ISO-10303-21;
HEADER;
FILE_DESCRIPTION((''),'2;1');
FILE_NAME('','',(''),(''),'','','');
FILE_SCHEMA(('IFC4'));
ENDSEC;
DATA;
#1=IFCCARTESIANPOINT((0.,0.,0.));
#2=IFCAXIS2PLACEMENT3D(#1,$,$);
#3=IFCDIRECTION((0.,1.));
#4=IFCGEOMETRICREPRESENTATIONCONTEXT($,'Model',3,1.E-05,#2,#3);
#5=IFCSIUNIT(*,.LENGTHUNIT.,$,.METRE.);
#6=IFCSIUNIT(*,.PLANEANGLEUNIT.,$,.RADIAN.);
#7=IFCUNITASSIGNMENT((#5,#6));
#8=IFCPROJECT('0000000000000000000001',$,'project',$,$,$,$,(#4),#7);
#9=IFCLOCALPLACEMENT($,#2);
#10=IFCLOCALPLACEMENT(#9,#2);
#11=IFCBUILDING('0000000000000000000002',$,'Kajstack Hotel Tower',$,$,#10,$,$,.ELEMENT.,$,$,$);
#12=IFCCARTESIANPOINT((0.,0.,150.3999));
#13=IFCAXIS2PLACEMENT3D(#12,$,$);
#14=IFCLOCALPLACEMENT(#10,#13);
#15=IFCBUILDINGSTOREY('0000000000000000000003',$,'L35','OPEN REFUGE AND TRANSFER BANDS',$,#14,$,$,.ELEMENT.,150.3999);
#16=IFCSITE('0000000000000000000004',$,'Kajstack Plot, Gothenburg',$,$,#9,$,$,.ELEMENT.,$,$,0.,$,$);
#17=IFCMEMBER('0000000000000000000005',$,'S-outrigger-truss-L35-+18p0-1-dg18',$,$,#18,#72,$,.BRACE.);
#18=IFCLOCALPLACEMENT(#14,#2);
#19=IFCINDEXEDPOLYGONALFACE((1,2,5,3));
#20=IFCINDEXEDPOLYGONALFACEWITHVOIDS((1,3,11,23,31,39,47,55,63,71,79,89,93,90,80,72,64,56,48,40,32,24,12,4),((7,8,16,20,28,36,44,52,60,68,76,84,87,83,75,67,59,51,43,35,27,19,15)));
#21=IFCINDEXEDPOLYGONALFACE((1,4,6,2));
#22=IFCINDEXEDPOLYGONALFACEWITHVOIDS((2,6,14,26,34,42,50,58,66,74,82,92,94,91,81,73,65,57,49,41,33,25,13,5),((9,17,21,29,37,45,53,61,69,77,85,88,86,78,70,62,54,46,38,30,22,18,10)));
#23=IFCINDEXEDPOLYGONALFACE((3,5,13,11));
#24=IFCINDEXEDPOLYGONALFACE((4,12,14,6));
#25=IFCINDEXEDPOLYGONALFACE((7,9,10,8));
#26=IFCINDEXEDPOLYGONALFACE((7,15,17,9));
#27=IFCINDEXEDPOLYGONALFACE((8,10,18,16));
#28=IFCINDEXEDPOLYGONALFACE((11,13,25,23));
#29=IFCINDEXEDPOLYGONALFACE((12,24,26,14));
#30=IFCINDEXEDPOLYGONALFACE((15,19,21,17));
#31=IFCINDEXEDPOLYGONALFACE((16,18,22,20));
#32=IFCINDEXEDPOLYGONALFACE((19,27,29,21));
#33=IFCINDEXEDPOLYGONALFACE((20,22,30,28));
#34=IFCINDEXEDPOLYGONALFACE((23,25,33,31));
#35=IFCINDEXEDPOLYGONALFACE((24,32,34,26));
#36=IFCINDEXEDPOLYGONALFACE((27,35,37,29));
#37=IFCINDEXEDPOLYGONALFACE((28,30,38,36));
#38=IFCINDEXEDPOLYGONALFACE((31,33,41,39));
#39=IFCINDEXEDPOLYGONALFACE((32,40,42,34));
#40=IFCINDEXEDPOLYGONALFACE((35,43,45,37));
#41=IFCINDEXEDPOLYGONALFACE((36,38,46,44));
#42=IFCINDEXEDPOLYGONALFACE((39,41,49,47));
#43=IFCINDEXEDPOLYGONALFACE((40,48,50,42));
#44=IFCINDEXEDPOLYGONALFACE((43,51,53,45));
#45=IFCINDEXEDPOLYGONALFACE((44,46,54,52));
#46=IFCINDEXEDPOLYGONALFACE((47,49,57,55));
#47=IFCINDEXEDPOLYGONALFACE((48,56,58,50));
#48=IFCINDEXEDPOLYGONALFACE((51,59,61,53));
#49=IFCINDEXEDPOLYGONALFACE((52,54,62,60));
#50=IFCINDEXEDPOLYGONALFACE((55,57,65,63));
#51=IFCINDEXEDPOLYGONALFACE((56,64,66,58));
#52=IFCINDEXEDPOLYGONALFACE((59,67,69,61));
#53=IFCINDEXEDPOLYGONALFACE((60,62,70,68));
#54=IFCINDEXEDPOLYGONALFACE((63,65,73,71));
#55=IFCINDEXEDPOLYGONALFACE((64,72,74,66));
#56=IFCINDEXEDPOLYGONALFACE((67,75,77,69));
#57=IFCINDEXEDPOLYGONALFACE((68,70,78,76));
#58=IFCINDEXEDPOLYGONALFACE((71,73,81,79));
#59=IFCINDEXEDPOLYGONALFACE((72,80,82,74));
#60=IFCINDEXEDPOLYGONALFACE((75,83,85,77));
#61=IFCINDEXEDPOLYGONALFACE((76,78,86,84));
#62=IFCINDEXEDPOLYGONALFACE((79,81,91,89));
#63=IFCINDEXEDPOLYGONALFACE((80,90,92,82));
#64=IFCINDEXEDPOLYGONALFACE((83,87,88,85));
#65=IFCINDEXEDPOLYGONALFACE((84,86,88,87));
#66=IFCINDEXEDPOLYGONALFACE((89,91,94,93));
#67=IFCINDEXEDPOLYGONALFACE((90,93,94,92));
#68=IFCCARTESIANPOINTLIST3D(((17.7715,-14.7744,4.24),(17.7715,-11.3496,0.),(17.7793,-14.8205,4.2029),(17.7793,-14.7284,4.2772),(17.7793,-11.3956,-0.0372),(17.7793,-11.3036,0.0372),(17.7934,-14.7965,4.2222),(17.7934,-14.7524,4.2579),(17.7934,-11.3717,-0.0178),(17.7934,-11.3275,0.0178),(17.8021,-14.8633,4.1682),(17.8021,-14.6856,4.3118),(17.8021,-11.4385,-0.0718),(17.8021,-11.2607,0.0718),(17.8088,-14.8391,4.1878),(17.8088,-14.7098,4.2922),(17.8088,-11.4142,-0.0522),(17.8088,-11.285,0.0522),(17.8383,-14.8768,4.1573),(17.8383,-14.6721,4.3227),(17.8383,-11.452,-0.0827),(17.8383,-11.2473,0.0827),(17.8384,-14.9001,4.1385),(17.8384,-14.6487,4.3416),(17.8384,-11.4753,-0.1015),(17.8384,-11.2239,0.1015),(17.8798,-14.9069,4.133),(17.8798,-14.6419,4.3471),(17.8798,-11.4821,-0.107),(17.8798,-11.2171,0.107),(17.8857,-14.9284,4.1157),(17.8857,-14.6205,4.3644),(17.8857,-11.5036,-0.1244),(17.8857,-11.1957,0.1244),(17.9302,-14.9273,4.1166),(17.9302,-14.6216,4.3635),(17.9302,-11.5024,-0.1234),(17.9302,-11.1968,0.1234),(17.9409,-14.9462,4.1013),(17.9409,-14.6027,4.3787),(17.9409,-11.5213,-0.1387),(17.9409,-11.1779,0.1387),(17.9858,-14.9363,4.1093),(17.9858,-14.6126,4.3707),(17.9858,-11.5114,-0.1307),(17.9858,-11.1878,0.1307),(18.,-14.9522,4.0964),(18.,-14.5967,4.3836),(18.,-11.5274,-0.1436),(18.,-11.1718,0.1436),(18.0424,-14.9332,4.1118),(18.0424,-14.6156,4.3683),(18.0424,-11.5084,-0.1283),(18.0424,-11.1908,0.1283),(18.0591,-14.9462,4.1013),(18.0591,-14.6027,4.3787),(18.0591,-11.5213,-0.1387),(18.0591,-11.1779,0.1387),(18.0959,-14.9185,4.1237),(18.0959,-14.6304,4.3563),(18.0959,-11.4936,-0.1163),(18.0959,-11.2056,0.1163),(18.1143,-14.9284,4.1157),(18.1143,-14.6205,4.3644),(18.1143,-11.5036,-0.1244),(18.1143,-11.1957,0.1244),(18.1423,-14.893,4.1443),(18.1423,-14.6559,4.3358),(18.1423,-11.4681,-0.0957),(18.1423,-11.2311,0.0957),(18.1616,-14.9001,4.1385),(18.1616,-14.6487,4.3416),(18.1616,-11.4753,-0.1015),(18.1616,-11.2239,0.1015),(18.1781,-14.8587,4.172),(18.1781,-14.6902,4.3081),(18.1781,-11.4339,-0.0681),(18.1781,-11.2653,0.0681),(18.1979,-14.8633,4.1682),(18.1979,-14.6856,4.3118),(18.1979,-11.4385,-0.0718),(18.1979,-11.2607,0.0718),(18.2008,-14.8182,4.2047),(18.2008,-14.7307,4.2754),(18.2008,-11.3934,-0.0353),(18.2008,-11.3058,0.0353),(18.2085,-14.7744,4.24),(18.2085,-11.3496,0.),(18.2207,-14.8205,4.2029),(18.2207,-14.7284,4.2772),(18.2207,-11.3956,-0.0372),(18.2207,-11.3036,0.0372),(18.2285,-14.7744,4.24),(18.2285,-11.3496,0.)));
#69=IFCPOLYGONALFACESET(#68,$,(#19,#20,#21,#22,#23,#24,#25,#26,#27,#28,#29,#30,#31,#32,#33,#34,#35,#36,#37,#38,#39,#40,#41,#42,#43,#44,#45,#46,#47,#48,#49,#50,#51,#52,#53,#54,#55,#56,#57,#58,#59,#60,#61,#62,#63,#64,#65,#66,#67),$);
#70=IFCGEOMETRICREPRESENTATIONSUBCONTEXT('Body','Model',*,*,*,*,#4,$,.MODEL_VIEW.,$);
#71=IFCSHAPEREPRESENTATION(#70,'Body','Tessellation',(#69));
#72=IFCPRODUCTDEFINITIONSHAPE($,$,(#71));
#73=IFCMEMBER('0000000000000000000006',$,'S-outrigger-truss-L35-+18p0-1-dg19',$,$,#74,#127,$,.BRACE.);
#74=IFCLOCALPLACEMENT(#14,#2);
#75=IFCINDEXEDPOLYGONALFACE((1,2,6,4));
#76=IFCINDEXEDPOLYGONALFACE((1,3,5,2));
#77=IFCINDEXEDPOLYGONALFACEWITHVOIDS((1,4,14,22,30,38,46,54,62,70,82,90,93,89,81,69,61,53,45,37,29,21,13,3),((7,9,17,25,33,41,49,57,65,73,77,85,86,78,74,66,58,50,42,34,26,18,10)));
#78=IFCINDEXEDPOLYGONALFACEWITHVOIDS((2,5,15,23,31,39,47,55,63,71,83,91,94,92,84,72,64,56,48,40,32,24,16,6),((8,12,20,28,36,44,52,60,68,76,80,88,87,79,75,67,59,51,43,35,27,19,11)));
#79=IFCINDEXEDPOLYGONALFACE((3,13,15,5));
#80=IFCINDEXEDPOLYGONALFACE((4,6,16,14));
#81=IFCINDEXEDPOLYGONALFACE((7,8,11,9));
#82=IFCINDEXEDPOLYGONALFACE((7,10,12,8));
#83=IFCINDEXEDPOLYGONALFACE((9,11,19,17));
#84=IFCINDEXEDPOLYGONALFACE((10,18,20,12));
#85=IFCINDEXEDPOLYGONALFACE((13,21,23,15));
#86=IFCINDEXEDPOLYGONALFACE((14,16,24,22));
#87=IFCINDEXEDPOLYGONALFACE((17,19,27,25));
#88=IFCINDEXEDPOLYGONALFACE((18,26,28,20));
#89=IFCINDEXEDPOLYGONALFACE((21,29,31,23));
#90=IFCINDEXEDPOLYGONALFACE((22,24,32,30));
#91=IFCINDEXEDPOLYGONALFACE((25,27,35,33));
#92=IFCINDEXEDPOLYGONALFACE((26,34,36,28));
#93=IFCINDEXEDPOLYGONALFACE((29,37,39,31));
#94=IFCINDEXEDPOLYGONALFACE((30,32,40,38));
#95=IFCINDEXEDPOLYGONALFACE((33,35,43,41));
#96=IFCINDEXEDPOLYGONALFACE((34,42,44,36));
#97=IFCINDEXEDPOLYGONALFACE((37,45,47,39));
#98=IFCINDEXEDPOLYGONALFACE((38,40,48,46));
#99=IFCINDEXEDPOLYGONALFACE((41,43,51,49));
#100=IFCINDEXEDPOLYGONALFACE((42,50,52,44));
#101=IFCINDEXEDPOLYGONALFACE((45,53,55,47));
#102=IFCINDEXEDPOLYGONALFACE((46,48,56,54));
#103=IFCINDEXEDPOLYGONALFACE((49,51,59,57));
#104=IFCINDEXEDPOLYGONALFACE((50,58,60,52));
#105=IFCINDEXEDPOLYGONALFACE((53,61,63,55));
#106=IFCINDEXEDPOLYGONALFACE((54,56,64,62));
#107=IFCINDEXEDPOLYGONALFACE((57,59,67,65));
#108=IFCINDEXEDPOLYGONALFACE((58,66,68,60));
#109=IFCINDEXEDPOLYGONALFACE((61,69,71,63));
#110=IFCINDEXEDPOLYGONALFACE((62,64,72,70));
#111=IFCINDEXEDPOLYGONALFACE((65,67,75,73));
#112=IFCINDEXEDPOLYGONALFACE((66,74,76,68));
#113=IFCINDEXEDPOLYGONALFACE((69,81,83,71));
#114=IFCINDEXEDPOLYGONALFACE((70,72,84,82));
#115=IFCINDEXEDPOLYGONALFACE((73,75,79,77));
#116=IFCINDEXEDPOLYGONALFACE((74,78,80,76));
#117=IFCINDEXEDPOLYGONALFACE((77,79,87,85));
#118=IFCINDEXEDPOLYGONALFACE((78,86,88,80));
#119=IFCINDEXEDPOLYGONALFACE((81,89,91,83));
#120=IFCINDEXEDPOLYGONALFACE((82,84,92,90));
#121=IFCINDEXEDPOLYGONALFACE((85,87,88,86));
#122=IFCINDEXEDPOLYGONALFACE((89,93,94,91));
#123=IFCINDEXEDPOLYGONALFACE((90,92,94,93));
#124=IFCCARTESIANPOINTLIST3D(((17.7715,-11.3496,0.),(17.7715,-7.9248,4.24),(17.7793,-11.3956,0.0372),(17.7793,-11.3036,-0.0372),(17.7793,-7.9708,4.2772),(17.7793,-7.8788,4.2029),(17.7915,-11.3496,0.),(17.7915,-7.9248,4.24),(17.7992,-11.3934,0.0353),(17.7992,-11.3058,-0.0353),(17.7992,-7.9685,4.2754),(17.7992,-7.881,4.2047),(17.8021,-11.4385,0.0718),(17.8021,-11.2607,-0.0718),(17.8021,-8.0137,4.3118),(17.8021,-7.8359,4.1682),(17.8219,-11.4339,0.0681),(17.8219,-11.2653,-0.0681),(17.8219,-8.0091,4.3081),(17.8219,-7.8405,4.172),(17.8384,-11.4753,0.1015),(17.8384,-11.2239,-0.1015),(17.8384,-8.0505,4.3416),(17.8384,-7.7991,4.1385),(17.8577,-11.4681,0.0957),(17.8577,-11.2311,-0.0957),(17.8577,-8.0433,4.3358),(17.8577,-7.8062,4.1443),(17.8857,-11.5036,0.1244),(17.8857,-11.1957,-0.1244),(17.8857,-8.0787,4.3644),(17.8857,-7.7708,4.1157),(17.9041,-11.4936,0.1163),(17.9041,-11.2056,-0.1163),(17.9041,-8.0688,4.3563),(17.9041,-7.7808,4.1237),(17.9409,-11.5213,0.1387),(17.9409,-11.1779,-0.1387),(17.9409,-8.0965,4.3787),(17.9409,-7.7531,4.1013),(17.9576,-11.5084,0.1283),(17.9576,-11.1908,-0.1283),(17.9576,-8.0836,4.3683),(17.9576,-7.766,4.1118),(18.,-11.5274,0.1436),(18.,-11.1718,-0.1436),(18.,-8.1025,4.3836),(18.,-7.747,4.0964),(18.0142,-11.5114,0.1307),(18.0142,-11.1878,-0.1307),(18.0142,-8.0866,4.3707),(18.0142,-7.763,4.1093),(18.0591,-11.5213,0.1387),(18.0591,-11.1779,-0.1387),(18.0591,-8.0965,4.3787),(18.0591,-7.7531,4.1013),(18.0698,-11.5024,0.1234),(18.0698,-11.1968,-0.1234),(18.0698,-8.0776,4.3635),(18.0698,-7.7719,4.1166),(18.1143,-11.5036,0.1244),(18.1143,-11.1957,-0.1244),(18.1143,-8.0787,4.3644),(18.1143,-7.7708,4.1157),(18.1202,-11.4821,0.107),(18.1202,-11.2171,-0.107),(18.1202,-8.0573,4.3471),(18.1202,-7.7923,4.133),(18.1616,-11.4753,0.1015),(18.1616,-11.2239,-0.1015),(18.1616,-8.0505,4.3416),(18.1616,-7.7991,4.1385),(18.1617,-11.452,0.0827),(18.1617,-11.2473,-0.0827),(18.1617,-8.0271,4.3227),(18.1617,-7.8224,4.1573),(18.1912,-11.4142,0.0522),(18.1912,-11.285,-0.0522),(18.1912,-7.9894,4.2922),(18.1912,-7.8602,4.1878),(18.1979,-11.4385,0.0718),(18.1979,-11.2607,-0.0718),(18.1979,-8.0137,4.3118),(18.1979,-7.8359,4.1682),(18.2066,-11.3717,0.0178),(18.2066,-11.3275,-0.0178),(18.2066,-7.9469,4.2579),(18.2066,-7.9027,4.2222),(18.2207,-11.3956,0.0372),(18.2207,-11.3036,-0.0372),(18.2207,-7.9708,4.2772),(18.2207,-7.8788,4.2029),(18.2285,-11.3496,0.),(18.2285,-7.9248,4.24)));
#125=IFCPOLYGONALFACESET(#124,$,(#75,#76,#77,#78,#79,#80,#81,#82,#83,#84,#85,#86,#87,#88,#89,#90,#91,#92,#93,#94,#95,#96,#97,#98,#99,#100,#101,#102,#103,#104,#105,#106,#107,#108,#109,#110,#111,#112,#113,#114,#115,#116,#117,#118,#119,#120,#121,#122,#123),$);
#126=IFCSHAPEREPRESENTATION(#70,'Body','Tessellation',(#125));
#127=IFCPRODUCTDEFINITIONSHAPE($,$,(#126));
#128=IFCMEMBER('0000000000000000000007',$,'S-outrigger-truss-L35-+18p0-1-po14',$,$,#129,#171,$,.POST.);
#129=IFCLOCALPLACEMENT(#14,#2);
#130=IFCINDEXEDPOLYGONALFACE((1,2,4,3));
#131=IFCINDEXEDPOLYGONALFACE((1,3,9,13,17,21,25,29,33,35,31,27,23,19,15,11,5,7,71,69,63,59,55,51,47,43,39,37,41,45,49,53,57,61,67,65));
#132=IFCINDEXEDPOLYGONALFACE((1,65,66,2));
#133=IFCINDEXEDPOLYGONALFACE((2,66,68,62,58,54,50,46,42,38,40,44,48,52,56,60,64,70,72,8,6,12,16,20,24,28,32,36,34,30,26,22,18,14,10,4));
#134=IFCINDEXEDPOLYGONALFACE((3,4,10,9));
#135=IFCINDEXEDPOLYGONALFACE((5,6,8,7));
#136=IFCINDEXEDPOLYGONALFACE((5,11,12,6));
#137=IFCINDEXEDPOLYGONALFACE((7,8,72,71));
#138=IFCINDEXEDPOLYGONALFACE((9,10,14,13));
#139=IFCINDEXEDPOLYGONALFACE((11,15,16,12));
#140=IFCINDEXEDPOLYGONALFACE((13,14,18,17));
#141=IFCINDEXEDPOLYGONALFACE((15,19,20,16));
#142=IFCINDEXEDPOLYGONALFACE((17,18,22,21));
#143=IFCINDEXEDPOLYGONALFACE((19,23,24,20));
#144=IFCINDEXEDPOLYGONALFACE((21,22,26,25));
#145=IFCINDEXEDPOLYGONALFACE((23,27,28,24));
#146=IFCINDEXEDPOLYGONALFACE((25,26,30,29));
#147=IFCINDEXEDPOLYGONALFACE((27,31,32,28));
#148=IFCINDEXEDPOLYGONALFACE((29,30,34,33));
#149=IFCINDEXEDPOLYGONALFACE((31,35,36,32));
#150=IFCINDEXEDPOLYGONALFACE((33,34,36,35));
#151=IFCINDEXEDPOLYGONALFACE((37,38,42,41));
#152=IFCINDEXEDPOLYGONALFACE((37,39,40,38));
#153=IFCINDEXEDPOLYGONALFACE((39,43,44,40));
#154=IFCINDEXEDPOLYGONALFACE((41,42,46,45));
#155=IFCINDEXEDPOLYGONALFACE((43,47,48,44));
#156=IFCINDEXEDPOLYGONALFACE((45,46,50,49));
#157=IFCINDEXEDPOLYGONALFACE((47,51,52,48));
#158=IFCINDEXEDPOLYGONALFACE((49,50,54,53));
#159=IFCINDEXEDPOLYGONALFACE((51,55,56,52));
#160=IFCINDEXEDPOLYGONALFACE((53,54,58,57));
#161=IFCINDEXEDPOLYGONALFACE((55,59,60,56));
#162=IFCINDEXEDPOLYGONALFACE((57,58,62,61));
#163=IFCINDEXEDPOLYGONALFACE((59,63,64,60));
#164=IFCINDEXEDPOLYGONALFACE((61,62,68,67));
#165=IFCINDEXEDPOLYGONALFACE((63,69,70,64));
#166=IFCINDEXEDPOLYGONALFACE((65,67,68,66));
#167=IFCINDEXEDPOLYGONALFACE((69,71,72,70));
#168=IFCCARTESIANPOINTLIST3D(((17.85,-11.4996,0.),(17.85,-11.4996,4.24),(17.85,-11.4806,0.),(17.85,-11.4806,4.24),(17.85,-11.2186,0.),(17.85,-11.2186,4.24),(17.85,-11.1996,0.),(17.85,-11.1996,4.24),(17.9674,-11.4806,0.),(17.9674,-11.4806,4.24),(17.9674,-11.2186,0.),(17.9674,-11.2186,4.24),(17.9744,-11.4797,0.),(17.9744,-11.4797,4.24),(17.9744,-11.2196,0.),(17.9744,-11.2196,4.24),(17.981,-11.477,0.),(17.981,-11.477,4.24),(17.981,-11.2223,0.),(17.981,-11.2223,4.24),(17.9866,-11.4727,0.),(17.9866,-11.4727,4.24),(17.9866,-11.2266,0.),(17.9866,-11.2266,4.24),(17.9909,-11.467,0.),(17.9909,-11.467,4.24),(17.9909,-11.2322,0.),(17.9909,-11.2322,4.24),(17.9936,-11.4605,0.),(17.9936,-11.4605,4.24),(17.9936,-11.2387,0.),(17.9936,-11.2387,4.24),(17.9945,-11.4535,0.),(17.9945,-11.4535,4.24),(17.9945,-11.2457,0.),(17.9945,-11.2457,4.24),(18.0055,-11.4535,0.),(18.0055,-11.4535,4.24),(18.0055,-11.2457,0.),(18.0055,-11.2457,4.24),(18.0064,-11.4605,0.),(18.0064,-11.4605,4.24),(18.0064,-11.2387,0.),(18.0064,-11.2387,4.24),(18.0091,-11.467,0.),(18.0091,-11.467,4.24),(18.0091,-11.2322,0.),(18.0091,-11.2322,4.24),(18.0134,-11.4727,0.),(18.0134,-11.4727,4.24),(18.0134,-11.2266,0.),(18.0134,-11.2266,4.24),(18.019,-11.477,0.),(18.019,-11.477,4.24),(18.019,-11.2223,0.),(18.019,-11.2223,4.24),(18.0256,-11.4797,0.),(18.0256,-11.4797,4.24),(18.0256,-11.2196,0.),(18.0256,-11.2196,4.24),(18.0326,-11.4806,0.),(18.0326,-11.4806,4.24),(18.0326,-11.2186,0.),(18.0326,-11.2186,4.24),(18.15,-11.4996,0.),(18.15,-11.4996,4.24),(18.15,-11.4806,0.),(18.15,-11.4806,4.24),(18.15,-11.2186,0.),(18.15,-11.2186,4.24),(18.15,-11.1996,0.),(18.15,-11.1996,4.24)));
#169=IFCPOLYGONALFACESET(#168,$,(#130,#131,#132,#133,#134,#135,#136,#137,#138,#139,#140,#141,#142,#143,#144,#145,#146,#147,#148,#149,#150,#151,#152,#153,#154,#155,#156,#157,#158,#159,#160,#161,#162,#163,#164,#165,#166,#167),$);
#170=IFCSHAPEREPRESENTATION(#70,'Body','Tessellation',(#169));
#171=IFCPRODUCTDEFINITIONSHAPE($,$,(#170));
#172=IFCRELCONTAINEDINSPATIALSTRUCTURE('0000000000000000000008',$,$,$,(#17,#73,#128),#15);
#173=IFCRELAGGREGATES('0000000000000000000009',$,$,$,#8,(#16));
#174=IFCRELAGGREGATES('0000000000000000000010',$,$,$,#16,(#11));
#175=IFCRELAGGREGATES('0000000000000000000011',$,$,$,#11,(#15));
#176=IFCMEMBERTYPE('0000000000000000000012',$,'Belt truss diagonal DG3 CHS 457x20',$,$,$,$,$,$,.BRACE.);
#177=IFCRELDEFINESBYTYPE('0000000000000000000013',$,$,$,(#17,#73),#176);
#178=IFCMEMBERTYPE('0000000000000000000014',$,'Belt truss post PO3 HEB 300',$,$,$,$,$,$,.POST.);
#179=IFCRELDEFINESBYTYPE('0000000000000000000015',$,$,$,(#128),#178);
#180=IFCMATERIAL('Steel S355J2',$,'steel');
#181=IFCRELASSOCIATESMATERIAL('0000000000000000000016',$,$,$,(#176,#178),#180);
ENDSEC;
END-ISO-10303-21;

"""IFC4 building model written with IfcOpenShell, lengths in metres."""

from ifc_helpers import new_model, si_unit, direction, frame, origin, origin_2d, place, context, subcontext, project, spatial, hollow_circle, i_section, extrude, material, material_profile, profile_set, type_object, element, save


model = new_model("IFC4")

# Units and contexts
model_context = context("Model", 3, precision=1e-05, world=origin(), true_north=direction((0.0, 1.0)))
body_context = subcontext(model_context, "Body", "Model", "MODEL_VIEW")
ifc_project = project(units=[si_unit("LENGTHUNIT", "METRE"), si_unit("PLANEANGLEUNIT", "RADIAN")], contexts=[model_context])

# Site, building, storey
site_placement = place(None, origin())
site = spatial("IfcSite", under=ifc_project, at=site_placement, Name="Kajstack Plot, Gothenburg", CompositionType="ELEMENT", RefElevation=0.0)
building_placement = place(site_placement, origin())
building = spatial("IfcBuilding", under=site, at=building_placement, Name="Kajstack Hotel Tower", CompositionType="ELEMENT")
storey_placement = place(building_placement, frame((0.0, 0.0, 150.3999)))
storey = spatial("IfcBuildingStorey", under=building, at=storey_placement, Name="L35", Description="OPEN REFUGE AND TRANSFER BANDS", CompositionType="ELEMENT", Elevation=150.3999)

# Members
ifc_material_1 = material(Name="Steel S355J2", Category="steel")
ifc_material_profile_1 = material_profile(ifc_material_1, hollow_circle(Radius=0.2285, WallThickness=0.02, at=origin_2d()), Name="CHS 457x20")
ifc_profile_set_1 = profile_set([ifc_material_profile_1], Name="Steel S355J2")
member_type_1 = type_object("IfcMemberType", Name="Belt truss diagonal DG3 CHS 457x20", PredefinedType="BRACE", material=ifc_profile_set_1)
for number, where, z_axis, x_axis, name in (
    (1, (18.0, -11.3496, 0.0), (0.0, -0.628359, 0.777923), (1.0, 0.0, 0.0), "S-outrigger-truss-L35-+18p0-1-dg18"),
    (2, (18.0, -11.3496, 0.0), (0.0, 0.628359, 0.777923), (-1.0, 0.0, 0.0), "S-outrigger-truss-L35-+18p0-1-dg19"),
):
    element("IfcMember", number, at=place(storey_placement, frame(where, z_axis=z_axis, x_axis=x_axis)), inside=storey, type_object=member_type_1, Name=name, PredefinedType="BRACE", context=body_context, shape_type="SweptSolid", body=[
        extrude(hollow_circle(Radius=0.2285, WallThickness=0.02, at=origin_2d()), origin(), (0.0, 0.0, 1.0), 5.4504),
    ])
ifc_material_profile_2 = material_profile(ifc_material_1, i_section(OverallWidth=0.3, OverallDepth=0.3, WebThickness=0.011, FlangeThickness=0.019, FilletRadius=0.0271, at=origin_2d()), Name="HEB 300")
ifc_profile_set_2 = profile_set([ifc_material_profile_2], Name="Steel S355J2")
member_type_2 = type_object("IfcMemberType", Name="Belt truss post PO3 HEB 300", PredefinedType="POST", material=ifc_profile_set_2)
for number, where, z_axis, x_axis, name in (
    (3, (18.0, -11.3496, 0.0), (0.0, 0.0, 1.0), (1.0, 0.0, 0.0), "S-outrigger-truss-L35-+18p0-1-po14"),
):
    element("IfcMember", number, at=place(storey_placement, frame(where, z_axis=z_axis, x_axis=x_axis)), inside=storey, type_object=member_type_2, Name=name, PredefinedType="POST", context=body_context, shape_type="SweptSolid", body=[
        extrude(i_section(OverallWidth=0.3, OverallDepth=0.3, WebThickness=0.011, FlangeThickness=0.019, FilletRadius=0.0271, at=origin_2d()), origin(), (0.0, 0.0, 1.0), 4.24),
    ])

save(model, "model.ifc")
